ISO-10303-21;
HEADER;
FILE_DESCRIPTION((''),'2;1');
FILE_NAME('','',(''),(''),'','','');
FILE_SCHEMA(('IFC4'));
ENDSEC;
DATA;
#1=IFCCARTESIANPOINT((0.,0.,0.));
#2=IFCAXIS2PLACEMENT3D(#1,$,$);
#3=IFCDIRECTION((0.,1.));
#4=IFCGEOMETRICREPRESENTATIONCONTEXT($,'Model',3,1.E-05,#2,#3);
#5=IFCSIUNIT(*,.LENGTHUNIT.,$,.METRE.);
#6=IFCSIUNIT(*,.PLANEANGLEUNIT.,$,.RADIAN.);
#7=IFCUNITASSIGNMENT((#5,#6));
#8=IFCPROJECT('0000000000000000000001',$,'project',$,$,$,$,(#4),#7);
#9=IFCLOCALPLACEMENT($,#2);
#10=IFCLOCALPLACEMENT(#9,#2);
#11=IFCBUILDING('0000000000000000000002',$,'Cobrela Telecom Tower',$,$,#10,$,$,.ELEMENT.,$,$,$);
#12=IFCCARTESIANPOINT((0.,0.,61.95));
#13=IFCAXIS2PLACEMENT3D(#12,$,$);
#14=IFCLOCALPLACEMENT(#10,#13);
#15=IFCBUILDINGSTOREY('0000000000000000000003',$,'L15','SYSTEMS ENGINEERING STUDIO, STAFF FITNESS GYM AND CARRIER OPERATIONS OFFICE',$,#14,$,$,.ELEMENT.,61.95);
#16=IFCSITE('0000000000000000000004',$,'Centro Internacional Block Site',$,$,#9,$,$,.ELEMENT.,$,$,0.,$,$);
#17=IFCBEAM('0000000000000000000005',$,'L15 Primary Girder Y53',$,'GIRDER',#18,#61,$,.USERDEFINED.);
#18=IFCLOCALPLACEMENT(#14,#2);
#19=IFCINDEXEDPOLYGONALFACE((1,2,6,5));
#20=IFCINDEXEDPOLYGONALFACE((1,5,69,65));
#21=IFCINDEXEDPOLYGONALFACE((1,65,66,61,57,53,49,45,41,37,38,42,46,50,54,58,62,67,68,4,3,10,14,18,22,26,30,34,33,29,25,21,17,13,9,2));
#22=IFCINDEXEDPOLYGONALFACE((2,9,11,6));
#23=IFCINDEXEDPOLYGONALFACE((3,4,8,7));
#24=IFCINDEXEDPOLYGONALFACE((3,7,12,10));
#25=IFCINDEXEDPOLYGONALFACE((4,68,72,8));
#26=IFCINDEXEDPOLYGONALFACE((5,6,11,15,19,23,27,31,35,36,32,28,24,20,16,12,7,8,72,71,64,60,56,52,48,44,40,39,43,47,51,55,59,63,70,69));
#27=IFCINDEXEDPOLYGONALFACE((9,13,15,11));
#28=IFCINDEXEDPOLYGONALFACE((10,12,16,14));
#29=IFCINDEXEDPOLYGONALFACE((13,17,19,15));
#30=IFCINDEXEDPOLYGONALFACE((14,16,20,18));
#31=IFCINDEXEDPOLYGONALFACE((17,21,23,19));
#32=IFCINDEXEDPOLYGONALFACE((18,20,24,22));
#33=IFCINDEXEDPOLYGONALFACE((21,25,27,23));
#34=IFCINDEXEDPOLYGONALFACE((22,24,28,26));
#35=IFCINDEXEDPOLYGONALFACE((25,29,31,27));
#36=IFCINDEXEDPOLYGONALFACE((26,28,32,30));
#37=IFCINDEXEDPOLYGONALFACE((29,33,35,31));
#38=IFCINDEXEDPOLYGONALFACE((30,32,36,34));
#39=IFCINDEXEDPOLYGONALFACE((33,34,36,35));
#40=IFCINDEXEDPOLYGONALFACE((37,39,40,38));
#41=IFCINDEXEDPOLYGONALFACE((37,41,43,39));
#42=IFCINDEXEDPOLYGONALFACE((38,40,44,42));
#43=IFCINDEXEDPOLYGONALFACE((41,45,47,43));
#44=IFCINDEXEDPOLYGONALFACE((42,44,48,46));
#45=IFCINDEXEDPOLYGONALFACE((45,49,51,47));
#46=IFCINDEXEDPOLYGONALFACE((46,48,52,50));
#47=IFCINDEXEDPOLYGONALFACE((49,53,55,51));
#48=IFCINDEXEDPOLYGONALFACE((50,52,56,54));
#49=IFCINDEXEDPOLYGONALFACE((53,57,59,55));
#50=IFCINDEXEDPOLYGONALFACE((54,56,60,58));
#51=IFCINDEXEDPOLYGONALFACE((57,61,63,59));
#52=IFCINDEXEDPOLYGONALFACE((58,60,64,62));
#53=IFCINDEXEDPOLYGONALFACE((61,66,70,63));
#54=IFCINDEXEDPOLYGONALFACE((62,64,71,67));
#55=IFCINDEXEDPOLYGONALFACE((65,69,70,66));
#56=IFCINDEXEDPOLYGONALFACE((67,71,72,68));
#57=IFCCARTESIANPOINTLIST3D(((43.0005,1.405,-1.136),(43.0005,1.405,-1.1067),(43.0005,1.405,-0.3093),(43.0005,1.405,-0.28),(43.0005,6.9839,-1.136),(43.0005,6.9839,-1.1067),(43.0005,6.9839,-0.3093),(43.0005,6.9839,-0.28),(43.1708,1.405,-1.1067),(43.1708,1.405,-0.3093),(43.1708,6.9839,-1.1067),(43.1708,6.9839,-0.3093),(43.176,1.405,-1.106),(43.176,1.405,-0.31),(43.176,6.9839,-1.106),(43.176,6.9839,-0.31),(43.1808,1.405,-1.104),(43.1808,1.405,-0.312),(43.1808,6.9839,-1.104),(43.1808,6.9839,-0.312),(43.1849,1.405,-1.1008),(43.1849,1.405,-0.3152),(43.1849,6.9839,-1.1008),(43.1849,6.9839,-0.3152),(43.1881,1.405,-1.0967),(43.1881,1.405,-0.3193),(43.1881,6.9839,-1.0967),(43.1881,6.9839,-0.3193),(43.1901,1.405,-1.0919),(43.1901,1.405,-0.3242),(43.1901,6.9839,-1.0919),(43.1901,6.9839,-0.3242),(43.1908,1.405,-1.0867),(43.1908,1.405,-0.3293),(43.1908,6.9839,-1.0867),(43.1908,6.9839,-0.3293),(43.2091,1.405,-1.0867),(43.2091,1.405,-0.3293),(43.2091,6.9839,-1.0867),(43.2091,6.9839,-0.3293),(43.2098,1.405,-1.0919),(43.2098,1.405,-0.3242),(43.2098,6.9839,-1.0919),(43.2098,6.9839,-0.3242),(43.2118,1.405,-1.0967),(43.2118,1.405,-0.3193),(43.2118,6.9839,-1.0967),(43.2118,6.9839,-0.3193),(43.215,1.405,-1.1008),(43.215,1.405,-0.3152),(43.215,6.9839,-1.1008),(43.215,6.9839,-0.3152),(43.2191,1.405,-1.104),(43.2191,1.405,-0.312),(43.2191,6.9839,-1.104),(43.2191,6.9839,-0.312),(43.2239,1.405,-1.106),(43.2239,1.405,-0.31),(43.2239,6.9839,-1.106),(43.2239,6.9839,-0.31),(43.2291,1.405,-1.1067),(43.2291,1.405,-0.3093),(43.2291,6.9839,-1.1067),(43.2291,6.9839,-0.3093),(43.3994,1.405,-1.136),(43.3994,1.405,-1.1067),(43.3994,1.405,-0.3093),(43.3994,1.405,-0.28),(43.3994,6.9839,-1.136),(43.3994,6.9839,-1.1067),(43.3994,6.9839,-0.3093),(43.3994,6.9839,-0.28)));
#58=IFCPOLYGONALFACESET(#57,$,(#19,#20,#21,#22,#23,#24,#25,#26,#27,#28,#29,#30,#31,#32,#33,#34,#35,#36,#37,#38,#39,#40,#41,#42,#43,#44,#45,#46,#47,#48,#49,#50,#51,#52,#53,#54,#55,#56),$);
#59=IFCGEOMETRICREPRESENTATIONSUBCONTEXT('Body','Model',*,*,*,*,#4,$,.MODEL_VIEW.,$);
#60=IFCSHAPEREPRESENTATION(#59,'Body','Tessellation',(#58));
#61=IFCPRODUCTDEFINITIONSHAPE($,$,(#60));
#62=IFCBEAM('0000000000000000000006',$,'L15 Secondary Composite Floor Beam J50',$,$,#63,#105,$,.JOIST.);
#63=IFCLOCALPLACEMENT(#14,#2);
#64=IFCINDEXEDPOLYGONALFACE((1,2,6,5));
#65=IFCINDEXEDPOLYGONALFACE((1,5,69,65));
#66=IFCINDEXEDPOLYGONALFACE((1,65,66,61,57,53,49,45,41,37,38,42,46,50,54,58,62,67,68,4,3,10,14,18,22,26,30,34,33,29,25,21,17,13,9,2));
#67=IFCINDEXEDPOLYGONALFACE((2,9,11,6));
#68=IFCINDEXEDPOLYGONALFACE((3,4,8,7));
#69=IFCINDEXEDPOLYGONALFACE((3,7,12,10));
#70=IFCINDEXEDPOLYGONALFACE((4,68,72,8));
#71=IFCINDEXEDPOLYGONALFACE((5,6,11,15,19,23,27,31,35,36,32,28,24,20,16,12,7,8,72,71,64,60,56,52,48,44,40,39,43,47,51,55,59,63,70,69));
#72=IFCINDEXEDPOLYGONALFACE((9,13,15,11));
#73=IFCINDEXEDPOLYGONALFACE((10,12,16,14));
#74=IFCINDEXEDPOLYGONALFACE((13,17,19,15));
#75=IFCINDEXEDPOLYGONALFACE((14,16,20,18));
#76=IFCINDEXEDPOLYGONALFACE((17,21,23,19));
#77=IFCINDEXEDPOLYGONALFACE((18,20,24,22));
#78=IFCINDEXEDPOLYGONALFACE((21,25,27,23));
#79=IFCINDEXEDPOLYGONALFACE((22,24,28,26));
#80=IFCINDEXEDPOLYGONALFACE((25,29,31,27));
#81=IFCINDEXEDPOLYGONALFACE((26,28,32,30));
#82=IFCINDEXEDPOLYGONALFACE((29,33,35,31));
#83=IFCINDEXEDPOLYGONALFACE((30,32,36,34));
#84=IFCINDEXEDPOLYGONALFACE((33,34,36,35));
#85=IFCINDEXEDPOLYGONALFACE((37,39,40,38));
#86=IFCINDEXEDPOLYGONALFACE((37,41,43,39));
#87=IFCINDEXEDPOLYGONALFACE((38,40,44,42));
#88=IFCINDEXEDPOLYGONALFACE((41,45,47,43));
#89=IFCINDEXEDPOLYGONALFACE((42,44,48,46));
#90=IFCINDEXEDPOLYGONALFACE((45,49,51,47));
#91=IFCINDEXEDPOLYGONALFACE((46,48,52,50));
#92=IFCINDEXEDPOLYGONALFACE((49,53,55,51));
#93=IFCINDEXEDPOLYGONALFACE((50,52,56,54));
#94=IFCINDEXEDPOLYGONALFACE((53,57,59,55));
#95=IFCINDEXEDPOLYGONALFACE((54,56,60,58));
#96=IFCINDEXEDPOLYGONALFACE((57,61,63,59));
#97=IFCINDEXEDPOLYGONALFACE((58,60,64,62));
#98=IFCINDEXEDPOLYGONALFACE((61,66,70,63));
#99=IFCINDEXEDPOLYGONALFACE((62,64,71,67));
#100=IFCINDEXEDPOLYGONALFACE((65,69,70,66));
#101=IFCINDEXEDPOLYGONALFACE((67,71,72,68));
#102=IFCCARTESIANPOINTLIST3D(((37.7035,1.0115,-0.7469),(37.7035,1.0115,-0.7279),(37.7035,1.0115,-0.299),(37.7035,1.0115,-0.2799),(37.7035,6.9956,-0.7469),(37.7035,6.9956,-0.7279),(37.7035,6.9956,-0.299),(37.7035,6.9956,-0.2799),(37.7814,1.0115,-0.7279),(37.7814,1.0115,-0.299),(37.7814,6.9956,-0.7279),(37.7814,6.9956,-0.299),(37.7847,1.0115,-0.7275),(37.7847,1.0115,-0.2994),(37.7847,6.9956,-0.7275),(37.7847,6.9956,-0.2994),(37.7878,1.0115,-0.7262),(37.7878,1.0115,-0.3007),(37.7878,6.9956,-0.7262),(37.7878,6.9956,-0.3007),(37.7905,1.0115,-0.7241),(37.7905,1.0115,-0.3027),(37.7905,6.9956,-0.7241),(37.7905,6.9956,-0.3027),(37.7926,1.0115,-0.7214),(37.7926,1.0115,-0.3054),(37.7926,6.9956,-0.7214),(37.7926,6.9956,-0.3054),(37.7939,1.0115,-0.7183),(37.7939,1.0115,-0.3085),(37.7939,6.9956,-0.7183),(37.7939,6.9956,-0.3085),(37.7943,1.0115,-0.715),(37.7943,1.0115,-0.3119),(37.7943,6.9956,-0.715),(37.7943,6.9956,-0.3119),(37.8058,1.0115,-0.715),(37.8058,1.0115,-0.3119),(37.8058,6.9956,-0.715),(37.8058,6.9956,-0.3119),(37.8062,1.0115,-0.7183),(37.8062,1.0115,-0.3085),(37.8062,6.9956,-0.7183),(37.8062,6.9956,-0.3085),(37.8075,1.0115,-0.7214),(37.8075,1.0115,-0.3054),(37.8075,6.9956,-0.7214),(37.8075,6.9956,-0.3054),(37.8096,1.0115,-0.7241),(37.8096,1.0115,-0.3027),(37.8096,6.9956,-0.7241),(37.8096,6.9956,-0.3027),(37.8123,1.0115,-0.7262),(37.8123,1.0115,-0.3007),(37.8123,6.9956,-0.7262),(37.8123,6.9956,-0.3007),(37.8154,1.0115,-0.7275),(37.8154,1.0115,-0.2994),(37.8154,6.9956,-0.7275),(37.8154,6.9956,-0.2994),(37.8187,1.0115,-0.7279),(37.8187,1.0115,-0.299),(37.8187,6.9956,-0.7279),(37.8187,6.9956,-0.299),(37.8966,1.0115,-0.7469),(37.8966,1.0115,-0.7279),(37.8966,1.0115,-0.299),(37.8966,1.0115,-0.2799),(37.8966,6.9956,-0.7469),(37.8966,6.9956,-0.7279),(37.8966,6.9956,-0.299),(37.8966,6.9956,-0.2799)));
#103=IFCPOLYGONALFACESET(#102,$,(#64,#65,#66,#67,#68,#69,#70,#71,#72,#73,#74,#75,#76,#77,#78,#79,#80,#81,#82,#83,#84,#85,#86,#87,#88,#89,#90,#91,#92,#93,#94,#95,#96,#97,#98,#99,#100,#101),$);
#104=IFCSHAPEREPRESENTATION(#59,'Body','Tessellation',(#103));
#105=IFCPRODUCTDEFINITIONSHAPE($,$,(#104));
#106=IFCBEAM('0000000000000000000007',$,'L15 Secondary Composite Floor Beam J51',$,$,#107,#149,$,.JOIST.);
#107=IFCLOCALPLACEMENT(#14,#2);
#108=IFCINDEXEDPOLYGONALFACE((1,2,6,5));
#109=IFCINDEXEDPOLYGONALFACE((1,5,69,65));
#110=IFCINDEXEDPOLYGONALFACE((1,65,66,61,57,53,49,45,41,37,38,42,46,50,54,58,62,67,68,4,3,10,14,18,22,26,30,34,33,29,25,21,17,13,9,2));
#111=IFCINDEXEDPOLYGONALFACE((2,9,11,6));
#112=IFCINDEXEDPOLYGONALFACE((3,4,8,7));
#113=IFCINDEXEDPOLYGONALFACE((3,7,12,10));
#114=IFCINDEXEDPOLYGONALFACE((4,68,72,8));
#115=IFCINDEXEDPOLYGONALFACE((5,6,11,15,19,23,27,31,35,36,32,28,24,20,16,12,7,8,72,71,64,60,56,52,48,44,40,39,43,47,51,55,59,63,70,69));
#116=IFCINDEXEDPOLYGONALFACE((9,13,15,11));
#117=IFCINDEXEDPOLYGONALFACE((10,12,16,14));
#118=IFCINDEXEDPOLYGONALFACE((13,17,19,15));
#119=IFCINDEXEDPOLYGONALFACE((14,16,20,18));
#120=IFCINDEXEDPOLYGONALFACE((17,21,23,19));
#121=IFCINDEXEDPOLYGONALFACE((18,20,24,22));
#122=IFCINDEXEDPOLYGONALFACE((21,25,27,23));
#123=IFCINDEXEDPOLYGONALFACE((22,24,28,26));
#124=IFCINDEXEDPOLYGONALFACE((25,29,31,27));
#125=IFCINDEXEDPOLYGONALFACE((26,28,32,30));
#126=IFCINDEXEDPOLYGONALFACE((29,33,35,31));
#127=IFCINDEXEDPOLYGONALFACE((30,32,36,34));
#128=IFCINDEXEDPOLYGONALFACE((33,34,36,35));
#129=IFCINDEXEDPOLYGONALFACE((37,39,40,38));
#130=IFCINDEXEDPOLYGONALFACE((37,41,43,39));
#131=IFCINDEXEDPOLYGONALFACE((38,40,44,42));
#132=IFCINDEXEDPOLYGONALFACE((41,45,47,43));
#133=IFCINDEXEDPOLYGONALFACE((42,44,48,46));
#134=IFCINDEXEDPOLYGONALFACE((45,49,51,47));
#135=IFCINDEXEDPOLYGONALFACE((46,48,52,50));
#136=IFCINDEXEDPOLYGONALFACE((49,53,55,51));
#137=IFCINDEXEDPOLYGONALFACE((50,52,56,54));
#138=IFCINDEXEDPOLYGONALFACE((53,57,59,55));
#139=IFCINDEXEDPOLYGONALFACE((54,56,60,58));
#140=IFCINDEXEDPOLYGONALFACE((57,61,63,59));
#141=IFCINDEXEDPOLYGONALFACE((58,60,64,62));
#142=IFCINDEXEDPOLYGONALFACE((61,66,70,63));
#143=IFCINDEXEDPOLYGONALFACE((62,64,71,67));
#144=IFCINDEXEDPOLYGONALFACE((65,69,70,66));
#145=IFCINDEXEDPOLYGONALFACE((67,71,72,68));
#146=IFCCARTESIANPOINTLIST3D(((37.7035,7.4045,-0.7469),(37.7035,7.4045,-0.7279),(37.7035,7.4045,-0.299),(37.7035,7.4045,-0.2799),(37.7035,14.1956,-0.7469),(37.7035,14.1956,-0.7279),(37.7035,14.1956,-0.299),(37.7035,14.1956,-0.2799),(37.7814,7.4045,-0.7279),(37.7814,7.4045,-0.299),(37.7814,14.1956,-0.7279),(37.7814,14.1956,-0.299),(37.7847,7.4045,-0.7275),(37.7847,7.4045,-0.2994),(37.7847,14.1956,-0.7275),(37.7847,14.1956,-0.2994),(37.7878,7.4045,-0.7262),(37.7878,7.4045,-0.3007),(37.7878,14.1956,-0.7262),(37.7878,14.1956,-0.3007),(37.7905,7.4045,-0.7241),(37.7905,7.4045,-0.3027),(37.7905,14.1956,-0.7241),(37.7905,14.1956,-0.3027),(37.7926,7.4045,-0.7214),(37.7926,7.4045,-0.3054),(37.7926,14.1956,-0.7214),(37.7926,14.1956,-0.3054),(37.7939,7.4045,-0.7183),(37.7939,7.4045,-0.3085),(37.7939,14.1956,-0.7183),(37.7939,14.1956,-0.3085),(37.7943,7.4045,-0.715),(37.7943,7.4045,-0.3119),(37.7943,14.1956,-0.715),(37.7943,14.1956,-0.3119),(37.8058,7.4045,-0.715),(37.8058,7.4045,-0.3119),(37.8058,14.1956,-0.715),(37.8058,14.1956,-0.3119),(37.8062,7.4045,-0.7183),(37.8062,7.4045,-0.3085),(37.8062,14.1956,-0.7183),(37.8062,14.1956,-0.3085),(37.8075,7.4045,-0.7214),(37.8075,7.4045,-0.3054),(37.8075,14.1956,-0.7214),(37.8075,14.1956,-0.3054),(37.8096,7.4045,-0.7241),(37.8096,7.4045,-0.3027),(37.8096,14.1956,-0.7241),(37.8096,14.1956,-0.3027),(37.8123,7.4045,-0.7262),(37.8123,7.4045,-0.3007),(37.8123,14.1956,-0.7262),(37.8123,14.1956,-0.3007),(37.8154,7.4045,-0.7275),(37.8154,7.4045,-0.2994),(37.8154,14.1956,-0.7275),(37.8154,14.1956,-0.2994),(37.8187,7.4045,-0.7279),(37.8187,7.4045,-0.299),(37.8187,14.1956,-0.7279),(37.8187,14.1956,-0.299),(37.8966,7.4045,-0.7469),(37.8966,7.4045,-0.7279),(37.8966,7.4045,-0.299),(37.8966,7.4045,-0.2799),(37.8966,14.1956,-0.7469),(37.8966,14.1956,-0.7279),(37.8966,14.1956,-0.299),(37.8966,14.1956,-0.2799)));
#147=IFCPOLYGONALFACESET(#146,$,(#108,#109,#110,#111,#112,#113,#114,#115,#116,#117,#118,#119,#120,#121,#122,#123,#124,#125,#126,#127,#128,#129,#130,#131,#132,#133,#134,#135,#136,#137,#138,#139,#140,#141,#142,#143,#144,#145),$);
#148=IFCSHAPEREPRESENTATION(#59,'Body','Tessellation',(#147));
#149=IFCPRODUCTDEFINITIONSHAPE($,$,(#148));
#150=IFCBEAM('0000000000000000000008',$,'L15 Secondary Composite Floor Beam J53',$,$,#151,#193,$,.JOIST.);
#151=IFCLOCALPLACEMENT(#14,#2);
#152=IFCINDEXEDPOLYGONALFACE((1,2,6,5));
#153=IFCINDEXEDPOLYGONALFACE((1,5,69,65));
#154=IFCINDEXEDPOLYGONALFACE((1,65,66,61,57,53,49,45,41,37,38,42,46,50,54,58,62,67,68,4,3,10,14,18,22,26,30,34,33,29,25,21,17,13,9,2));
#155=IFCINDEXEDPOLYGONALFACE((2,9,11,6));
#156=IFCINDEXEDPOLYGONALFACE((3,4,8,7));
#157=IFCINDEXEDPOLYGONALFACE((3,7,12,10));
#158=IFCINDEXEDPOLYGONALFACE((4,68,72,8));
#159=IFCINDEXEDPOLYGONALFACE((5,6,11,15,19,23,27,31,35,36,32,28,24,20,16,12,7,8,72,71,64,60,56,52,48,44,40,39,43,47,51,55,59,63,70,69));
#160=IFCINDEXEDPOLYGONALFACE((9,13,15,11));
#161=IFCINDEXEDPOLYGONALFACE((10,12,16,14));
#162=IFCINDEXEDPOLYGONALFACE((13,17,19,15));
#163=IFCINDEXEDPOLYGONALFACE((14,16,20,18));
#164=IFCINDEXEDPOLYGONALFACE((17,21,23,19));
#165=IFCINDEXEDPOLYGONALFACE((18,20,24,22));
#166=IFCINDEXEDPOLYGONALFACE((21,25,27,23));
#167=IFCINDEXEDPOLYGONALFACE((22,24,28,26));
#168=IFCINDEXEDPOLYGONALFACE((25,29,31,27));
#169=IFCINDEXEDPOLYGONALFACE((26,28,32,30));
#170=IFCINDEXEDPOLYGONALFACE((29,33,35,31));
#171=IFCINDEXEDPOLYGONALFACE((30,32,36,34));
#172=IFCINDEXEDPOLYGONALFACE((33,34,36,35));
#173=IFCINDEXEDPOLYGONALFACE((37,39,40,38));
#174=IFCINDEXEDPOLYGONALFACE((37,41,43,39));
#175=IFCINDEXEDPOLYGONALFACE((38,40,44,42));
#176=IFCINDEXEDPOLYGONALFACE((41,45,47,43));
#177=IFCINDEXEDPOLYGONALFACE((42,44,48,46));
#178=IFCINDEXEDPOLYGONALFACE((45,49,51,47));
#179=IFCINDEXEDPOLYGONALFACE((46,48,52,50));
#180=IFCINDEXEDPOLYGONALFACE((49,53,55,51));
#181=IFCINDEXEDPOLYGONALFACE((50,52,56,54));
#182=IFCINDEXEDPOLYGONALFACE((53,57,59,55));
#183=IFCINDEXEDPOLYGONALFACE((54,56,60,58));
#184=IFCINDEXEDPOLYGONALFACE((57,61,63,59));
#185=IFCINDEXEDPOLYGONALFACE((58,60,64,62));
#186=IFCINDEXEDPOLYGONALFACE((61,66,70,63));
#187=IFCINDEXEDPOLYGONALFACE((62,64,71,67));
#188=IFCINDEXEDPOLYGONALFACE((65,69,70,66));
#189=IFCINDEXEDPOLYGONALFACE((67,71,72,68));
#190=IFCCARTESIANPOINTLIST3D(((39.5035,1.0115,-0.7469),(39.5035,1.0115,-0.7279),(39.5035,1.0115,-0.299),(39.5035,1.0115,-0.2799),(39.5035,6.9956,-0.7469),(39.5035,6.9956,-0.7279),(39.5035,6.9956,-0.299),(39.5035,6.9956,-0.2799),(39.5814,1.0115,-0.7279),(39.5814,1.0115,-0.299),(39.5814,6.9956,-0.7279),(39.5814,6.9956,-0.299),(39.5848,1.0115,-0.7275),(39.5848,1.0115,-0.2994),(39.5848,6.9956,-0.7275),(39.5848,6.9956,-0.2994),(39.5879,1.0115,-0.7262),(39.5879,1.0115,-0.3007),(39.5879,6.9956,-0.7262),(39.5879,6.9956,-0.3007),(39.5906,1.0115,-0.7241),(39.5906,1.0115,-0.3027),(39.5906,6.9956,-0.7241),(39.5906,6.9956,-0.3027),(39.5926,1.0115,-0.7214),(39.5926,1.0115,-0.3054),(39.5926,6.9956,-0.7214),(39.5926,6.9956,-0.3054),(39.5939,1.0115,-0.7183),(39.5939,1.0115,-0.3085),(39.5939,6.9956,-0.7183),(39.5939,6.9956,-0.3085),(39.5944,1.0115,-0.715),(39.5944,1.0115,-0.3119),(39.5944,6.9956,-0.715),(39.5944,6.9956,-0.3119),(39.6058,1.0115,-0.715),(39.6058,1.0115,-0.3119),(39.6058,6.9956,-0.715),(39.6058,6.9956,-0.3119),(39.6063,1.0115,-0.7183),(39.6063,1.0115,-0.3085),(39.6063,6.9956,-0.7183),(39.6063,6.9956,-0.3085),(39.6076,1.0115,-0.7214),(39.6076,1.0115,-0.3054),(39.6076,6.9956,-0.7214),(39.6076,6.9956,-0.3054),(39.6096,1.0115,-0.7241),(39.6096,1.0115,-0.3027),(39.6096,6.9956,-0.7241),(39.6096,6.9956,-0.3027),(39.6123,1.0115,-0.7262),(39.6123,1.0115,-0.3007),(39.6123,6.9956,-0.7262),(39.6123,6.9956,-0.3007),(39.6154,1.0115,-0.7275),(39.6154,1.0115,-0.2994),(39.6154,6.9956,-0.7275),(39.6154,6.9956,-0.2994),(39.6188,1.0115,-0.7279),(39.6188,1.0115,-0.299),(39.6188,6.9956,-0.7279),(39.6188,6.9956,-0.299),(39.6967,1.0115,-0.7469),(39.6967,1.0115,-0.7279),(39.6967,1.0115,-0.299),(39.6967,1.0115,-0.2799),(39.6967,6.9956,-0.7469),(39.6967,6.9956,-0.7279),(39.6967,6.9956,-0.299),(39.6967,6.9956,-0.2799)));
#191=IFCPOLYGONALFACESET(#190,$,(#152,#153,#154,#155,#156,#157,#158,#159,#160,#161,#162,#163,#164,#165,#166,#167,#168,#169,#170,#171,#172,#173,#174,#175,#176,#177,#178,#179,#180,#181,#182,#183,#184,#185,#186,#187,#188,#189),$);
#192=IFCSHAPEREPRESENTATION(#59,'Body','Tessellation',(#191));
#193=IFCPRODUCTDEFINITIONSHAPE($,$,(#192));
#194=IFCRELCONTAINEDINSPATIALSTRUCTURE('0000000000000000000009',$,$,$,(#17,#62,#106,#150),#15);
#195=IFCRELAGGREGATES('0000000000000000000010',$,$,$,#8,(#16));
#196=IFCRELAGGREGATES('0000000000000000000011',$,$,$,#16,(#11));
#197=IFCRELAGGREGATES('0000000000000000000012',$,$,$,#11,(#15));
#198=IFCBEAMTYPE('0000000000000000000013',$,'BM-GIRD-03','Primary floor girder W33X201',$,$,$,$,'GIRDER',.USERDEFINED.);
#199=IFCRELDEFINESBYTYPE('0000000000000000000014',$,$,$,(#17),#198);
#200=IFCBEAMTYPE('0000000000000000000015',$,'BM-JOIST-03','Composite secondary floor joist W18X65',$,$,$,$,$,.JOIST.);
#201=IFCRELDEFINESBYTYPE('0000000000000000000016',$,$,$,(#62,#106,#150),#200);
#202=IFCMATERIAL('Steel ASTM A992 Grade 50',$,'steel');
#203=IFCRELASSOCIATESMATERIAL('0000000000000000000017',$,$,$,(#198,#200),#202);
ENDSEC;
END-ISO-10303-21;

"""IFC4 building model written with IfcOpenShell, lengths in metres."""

from ifc_helpers import new_model, si_unit, direction, frame, origin, origin_2d, place, context, subcontext, project, spatial, i_section, extrude, material, material_profile, profile_set, type_object, element, save


model = new_model("IFC4")

# Units and contexts
model_context = context("Model", 3, precision=1e-05, world=origin(), true_north=direction((0.0, 1.0)))
body_context = subcontext(model_context, "Body", "Model", "MODEL_VIEW")
ifc_project = project(units=[si_unit("LENGTHUNIT", "METRE"), si_unit("PLANEANGLEUNIT", "RADIAN")], contexts=[model_context])

# Site, building, storey
site_placement = place(None, origin())
site = spatial("IfcSite", under=ifc_project, at=site_placement, Name="Centro Internacional Block Site", CompositionType="ELEMENT", RefElevation=0.0)
building_placement = place(site_placement, origin())
building = spatial("IfcBuilding", under=site, at=building_placement, Name="Cobrela Telecom Tower", CompositionType="ELEMENT")
storey_placement = place(building_placement, frame((0.0, 0.0, 61.95)))
storey = spatial("IfcBuildingStorey", under=building, at=storey_placement, Name="L15", Description="SYSTEMS ENGINEERING STUDIO, STAFF FITNESS GYM AND CARRIER OPERATIONS OFFICE", CompositionType="ELEMENT", Elevation=61.95)

# Shared definitions
ifc_material_1 = material(Name="Steel ASTM A992 Grade 50", Category="steel")

# Beams
ifc_material_profile_1 = material_profile(ifc_material_1, i_section(OverallWidth=0.3989, OverallDepth=0.856, WebThickness=0.0183, FlangeThickness=0.0293, FilletRadius=0.02, at=origin_2d()), Name="W33X201")
ifc_profile_set_1 = profile_set([ifc_material_profile_1], Name="Steel ASTM A992 Grade 50")
beam_type_1 = type_object("IfcBeamType", Name="BM-GIRD-03", Description="Primary floor girder W33X201", ElementType="GIRDER", PredefinedType="USERDEFINED", material=ifc_profile_set_1)
beam_1_placement = place(storey_placement, frame((43.2, 1.405, -0.708), z_axis=(0.0, 1.0, 0.0), x_axis=(-1.0, 0.0, 0.0)))
element("IfcBeam", 1, at=beam_1_placement, inside=storey, type_object=beam_type_1, Name="L15 Primary Girder Y53", ObjectType="GIRDER", PredefinedType="USERDEFINED", context=body_context, shape_type="SweptSolid", body=[
    extrude(i_section(OverallWidth=0.3989, OverallDepth=0.856, WebThickness=0.0183, FlangeThickness=0.0293, FilletRadius=0.02, at=origin_2d()), origin(), (0.0, 0.0, 1.0), 5.5789),
])
ifc_material_profile_2 = material_profile(ifc_material_1, i_section(OverallWidth=0.1931, OverallDepth=0.467, WebThickness=0.0115, FlangeThickness=0.019, FilletRadius=0.0129, at=origin_2d()), Name="W18X65")
ifc_profile_set_2 = profile_set([ifc_material_profile_2], Name="Steel ASTM A992 Grade 50")
beam_type_2 = type_object("IfcBeamType", Name="BM-JOIST-03", Description="Composite secondary floor joist W18X65", PredefinedType="JOIST", material=ifc_profile_set_2)
beam_2_placement = place(storey_placement, frame((37.8, 1.0115, -0.5134), z_axis=(0.0, 1.0, 0.0), x_axis=(-1.0, 0.0, 0.0)))
element("IfcBeam", 2, at=beam_2_placement, inside=storey, type_object=beam_type_2, Name="L15 Secondary Composite Floor Beam J50", PredefinedType="JOIST", context=body_context, shape_type="SweptSolid", body=[
    extrude(i_section(OverallWidth=0.1931, OverallDepth=0.467, WebThickness=0.0115, FlangeThickness=0.019, FilletRadius=0.0129, at=origin_2d()), origin(), (0.0, 0.0, 1.0), 5.9841),
])
beam_3_placement = place(storey_placement, frame((37.8, 7.4045, -0.5134), z_axis=(0.0, 1.0, 0.0), x_axis=(-1.0, 0.0, 0.0)))
element("IfcBeam", 3, at=beam_3_placement, inside=storey, type_object=beam_type_2, Name="L15 Secondary Composite Floor Beam J51", PredefinedType="JOIST", context=body_context, shape_type="SweptSolid", body=[
    extrude(i_section(OverallWidth=0.1931, OverallDepth=0.467, WebThickness=0.0115, FlangeThickness=0.019, FilletRadius=0.0129, at=origin_2d()), origin(), (0.0, 0.0, 1.0), 6.791),
])
beam_4_placement = place(storey_placement, frame((39.6001, 1.0115, -0.5134), z_axis=(0.0, 1.0, 0.0), x_axis=(-1.0, 0.0, 0.0)))
element("IfcBeam", 4, at=beam_4_placement, inside=storey, type_object=beam_type_2, Name="L15 Secondary Composite Floor Beam J53", PredefinedType="JOIST", context=body_context, shape_type="SweptSolid", body=[
    extrude(i_section(OverallWidth=0.1931, OverallDepth=0.467, WebThickness=0.0115, FlangeThickness=0.019, FilletRadius=0.0129, at=origin_2d()), origin(), (0.0, 0.0, 1.0), 5.9841),
])

save(model, "model.ifc")
